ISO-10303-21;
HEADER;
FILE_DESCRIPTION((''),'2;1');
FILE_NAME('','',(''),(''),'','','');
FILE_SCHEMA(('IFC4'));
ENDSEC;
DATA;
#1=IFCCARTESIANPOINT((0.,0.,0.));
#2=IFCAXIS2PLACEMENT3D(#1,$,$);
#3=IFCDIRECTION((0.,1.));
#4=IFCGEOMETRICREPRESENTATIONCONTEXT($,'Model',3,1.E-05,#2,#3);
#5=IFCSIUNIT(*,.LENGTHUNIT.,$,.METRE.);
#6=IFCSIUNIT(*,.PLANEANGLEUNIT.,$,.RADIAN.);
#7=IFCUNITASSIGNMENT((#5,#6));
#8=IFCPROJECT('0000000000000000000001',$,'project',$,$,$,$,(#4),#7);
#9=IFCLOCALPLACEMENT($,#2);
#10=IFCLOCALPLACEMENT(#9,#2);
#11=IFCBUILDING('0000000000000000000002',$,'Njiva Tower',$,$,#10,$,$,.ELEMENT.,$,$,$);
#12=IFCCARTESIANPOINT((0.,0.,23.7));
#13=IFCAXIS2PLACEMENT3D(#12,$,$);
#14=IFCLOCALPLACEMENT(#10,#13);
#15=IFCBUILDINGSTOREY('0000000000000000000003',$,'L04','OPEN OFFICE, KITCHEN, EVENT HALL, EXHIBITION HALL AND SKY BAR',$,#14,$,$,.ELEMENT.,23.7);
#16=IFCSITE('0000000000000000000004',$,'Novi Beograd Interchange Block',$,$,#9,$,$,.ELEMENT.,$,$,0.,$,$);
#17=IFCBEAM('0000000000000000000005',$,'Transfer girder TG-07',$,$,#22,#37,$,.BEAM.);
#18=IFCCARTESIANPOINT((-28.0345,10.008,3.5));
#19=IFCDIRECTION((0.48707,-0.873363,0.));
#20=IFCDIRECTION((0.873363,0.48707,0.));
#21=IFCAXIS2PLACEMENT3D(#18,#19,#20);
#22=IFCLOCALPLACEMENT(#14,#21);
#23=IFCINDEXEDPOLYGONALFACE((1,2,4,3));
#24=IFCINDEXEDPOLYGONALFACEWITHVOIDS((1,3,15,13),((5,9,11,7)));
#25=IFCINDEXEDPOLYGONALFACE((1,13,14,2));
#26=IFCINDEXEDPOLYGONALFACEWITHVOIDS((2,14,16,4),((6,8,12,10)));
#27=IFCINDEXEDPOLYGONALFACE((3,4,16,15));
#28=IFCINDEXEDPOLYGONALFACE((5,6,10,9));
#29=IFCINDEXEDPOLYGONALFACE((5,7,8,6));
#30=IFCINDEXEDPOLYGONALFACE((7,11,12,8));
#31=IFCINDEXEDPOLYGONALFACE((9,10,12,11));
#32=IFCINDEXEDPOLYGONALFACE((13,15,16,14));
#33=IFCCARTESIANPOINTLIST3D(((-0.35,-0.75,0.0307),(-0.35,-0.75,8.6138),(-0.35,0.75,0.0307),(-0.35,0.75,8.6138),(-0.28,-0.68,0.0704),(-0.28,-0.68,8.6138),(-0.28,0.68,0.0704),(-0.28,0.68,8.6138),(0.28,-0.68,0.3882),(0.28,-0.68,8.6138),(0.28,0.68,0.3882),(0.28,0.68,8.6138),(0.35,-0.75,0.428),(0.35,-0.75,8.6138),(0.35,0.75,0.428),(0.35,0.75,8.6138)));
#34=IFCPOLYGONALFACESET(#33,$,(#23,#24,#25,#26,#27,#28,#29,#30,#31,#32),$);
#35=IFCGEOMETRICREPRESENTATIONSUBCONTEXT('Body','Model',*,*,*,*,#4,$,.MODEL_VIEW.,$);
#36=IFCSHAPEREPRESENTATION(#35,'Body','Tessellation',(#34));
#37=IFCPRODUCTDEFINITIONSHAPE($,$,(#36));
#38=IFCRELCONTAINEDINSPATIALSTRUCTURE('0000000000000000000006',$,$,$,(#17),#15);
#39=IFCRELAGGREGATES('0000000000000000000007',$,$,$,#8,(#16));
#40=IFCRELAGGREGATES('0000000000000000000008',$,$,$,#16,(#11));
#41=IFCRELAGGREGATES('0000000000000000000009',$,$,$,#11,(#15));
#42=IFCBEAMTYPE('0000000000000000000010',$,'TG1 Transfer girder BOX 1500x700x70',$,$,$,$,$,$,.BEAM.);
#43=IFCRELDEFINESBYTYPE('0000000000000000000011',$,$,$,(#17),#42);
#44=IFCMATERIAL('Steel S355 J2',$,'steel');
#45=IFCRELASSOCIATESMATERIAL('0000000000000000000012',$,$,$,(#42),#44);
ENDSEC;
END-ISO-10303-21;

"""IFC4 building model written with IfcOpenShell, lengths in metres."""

from ifc_helpers import new_model, si_unit, direction, frame, origin, origin_2d, place, context, subcontext, project, spatial, hollow_rectangle, extrude, clip, halfspace, material, material_profile, profile_set, type_object, element, save


model = new_model("IFC4")

# Units and contexts
model_context = context("Model", 3, precision=1e-05, world=origin(), true_north=direction((0.0, 1.0)))
body_context = subcontext(model_context, "Body", "Model", "MODEL_VIEW")
ifc_project = project(units=[si_unit("LENGTHUNIT", "METRE"), si_unit("PLANEANGLEUNIT", "RADIAN")], contexts=[model_context])

# Site, building, storey
site_placement = place(None, origin())
site = spatial("IfcSite", under=ifc_project, at=site_placement, Name="Novi Beograd Interchange Block", CompositionType="ELEMENT", RefElevation=0.0)
building_placement = place(site_placement, origin())
building = spatial("IfcBuilding", under=site, at=building_placement, Name="Njiva Tower", CompositionType="ELEMENT")
storey_placement = place(building_placement, frame((0.0, 0.0, 23.7)))
storey = spatial("IfcBuildingStorey", under=building, at=storey_placement, Name="L04", Description="OPEN OFFICE, KITCHEN, EVENT HALL, EXHIBITION HALL AND SKY BAR", CompositionType="ELEMENT", Elevation=23.7)

# Shared definitions
ifc_material_1 = material(Name="Steel S355 J2", Category="steel")

# Beam
ifc_material_profile_1 = material_profile(ifc_material_1, hollow_rectangle(XDim=0.7, YDim=1.5, WallThickness=0.07, at=origin_2d()), Name="BOX 1500x700x70")
ifc_profile_set_1 = profile_set([ifc_material_profile_1], Name="Steel S355 J2")
beam_type_1 = type_object("IfcBeamType", Name="TG1 Transfer girder BOX 1500x700x70", PredefinedType="BEAM", material=ifc_profile_set_1)
beam_1_placement = place(storey_placement, frame((-28.0345, 10.008, 3.5), z_axis=(0.48707, -0.873363, 0.0), x_axis=(0.873363, 0.48707, 0.0)))
element("IfcBeam", 1, at=beam_1_placement, inside=storey, type_object=beam_type_1, Name="Transfer girder TG-07", PredefinedType="BEAM", context=body_context, shape_type="Clipping", body=[
    clip(extrude(hollow_rectangle(XDim=0.7, YDim=1.5, WallThickness=0.07, at=origin_2d()), origin(), (0.0, 0.0, 1.0), 8.6138), halfspace(frame((0.0003, 0.0, 0.2295), z_axis=(0.493563, 0.0, -0.86971), x_axis=(0.0, -1.0, 0.0)), False)),
])

save(model, "model.ifc")
